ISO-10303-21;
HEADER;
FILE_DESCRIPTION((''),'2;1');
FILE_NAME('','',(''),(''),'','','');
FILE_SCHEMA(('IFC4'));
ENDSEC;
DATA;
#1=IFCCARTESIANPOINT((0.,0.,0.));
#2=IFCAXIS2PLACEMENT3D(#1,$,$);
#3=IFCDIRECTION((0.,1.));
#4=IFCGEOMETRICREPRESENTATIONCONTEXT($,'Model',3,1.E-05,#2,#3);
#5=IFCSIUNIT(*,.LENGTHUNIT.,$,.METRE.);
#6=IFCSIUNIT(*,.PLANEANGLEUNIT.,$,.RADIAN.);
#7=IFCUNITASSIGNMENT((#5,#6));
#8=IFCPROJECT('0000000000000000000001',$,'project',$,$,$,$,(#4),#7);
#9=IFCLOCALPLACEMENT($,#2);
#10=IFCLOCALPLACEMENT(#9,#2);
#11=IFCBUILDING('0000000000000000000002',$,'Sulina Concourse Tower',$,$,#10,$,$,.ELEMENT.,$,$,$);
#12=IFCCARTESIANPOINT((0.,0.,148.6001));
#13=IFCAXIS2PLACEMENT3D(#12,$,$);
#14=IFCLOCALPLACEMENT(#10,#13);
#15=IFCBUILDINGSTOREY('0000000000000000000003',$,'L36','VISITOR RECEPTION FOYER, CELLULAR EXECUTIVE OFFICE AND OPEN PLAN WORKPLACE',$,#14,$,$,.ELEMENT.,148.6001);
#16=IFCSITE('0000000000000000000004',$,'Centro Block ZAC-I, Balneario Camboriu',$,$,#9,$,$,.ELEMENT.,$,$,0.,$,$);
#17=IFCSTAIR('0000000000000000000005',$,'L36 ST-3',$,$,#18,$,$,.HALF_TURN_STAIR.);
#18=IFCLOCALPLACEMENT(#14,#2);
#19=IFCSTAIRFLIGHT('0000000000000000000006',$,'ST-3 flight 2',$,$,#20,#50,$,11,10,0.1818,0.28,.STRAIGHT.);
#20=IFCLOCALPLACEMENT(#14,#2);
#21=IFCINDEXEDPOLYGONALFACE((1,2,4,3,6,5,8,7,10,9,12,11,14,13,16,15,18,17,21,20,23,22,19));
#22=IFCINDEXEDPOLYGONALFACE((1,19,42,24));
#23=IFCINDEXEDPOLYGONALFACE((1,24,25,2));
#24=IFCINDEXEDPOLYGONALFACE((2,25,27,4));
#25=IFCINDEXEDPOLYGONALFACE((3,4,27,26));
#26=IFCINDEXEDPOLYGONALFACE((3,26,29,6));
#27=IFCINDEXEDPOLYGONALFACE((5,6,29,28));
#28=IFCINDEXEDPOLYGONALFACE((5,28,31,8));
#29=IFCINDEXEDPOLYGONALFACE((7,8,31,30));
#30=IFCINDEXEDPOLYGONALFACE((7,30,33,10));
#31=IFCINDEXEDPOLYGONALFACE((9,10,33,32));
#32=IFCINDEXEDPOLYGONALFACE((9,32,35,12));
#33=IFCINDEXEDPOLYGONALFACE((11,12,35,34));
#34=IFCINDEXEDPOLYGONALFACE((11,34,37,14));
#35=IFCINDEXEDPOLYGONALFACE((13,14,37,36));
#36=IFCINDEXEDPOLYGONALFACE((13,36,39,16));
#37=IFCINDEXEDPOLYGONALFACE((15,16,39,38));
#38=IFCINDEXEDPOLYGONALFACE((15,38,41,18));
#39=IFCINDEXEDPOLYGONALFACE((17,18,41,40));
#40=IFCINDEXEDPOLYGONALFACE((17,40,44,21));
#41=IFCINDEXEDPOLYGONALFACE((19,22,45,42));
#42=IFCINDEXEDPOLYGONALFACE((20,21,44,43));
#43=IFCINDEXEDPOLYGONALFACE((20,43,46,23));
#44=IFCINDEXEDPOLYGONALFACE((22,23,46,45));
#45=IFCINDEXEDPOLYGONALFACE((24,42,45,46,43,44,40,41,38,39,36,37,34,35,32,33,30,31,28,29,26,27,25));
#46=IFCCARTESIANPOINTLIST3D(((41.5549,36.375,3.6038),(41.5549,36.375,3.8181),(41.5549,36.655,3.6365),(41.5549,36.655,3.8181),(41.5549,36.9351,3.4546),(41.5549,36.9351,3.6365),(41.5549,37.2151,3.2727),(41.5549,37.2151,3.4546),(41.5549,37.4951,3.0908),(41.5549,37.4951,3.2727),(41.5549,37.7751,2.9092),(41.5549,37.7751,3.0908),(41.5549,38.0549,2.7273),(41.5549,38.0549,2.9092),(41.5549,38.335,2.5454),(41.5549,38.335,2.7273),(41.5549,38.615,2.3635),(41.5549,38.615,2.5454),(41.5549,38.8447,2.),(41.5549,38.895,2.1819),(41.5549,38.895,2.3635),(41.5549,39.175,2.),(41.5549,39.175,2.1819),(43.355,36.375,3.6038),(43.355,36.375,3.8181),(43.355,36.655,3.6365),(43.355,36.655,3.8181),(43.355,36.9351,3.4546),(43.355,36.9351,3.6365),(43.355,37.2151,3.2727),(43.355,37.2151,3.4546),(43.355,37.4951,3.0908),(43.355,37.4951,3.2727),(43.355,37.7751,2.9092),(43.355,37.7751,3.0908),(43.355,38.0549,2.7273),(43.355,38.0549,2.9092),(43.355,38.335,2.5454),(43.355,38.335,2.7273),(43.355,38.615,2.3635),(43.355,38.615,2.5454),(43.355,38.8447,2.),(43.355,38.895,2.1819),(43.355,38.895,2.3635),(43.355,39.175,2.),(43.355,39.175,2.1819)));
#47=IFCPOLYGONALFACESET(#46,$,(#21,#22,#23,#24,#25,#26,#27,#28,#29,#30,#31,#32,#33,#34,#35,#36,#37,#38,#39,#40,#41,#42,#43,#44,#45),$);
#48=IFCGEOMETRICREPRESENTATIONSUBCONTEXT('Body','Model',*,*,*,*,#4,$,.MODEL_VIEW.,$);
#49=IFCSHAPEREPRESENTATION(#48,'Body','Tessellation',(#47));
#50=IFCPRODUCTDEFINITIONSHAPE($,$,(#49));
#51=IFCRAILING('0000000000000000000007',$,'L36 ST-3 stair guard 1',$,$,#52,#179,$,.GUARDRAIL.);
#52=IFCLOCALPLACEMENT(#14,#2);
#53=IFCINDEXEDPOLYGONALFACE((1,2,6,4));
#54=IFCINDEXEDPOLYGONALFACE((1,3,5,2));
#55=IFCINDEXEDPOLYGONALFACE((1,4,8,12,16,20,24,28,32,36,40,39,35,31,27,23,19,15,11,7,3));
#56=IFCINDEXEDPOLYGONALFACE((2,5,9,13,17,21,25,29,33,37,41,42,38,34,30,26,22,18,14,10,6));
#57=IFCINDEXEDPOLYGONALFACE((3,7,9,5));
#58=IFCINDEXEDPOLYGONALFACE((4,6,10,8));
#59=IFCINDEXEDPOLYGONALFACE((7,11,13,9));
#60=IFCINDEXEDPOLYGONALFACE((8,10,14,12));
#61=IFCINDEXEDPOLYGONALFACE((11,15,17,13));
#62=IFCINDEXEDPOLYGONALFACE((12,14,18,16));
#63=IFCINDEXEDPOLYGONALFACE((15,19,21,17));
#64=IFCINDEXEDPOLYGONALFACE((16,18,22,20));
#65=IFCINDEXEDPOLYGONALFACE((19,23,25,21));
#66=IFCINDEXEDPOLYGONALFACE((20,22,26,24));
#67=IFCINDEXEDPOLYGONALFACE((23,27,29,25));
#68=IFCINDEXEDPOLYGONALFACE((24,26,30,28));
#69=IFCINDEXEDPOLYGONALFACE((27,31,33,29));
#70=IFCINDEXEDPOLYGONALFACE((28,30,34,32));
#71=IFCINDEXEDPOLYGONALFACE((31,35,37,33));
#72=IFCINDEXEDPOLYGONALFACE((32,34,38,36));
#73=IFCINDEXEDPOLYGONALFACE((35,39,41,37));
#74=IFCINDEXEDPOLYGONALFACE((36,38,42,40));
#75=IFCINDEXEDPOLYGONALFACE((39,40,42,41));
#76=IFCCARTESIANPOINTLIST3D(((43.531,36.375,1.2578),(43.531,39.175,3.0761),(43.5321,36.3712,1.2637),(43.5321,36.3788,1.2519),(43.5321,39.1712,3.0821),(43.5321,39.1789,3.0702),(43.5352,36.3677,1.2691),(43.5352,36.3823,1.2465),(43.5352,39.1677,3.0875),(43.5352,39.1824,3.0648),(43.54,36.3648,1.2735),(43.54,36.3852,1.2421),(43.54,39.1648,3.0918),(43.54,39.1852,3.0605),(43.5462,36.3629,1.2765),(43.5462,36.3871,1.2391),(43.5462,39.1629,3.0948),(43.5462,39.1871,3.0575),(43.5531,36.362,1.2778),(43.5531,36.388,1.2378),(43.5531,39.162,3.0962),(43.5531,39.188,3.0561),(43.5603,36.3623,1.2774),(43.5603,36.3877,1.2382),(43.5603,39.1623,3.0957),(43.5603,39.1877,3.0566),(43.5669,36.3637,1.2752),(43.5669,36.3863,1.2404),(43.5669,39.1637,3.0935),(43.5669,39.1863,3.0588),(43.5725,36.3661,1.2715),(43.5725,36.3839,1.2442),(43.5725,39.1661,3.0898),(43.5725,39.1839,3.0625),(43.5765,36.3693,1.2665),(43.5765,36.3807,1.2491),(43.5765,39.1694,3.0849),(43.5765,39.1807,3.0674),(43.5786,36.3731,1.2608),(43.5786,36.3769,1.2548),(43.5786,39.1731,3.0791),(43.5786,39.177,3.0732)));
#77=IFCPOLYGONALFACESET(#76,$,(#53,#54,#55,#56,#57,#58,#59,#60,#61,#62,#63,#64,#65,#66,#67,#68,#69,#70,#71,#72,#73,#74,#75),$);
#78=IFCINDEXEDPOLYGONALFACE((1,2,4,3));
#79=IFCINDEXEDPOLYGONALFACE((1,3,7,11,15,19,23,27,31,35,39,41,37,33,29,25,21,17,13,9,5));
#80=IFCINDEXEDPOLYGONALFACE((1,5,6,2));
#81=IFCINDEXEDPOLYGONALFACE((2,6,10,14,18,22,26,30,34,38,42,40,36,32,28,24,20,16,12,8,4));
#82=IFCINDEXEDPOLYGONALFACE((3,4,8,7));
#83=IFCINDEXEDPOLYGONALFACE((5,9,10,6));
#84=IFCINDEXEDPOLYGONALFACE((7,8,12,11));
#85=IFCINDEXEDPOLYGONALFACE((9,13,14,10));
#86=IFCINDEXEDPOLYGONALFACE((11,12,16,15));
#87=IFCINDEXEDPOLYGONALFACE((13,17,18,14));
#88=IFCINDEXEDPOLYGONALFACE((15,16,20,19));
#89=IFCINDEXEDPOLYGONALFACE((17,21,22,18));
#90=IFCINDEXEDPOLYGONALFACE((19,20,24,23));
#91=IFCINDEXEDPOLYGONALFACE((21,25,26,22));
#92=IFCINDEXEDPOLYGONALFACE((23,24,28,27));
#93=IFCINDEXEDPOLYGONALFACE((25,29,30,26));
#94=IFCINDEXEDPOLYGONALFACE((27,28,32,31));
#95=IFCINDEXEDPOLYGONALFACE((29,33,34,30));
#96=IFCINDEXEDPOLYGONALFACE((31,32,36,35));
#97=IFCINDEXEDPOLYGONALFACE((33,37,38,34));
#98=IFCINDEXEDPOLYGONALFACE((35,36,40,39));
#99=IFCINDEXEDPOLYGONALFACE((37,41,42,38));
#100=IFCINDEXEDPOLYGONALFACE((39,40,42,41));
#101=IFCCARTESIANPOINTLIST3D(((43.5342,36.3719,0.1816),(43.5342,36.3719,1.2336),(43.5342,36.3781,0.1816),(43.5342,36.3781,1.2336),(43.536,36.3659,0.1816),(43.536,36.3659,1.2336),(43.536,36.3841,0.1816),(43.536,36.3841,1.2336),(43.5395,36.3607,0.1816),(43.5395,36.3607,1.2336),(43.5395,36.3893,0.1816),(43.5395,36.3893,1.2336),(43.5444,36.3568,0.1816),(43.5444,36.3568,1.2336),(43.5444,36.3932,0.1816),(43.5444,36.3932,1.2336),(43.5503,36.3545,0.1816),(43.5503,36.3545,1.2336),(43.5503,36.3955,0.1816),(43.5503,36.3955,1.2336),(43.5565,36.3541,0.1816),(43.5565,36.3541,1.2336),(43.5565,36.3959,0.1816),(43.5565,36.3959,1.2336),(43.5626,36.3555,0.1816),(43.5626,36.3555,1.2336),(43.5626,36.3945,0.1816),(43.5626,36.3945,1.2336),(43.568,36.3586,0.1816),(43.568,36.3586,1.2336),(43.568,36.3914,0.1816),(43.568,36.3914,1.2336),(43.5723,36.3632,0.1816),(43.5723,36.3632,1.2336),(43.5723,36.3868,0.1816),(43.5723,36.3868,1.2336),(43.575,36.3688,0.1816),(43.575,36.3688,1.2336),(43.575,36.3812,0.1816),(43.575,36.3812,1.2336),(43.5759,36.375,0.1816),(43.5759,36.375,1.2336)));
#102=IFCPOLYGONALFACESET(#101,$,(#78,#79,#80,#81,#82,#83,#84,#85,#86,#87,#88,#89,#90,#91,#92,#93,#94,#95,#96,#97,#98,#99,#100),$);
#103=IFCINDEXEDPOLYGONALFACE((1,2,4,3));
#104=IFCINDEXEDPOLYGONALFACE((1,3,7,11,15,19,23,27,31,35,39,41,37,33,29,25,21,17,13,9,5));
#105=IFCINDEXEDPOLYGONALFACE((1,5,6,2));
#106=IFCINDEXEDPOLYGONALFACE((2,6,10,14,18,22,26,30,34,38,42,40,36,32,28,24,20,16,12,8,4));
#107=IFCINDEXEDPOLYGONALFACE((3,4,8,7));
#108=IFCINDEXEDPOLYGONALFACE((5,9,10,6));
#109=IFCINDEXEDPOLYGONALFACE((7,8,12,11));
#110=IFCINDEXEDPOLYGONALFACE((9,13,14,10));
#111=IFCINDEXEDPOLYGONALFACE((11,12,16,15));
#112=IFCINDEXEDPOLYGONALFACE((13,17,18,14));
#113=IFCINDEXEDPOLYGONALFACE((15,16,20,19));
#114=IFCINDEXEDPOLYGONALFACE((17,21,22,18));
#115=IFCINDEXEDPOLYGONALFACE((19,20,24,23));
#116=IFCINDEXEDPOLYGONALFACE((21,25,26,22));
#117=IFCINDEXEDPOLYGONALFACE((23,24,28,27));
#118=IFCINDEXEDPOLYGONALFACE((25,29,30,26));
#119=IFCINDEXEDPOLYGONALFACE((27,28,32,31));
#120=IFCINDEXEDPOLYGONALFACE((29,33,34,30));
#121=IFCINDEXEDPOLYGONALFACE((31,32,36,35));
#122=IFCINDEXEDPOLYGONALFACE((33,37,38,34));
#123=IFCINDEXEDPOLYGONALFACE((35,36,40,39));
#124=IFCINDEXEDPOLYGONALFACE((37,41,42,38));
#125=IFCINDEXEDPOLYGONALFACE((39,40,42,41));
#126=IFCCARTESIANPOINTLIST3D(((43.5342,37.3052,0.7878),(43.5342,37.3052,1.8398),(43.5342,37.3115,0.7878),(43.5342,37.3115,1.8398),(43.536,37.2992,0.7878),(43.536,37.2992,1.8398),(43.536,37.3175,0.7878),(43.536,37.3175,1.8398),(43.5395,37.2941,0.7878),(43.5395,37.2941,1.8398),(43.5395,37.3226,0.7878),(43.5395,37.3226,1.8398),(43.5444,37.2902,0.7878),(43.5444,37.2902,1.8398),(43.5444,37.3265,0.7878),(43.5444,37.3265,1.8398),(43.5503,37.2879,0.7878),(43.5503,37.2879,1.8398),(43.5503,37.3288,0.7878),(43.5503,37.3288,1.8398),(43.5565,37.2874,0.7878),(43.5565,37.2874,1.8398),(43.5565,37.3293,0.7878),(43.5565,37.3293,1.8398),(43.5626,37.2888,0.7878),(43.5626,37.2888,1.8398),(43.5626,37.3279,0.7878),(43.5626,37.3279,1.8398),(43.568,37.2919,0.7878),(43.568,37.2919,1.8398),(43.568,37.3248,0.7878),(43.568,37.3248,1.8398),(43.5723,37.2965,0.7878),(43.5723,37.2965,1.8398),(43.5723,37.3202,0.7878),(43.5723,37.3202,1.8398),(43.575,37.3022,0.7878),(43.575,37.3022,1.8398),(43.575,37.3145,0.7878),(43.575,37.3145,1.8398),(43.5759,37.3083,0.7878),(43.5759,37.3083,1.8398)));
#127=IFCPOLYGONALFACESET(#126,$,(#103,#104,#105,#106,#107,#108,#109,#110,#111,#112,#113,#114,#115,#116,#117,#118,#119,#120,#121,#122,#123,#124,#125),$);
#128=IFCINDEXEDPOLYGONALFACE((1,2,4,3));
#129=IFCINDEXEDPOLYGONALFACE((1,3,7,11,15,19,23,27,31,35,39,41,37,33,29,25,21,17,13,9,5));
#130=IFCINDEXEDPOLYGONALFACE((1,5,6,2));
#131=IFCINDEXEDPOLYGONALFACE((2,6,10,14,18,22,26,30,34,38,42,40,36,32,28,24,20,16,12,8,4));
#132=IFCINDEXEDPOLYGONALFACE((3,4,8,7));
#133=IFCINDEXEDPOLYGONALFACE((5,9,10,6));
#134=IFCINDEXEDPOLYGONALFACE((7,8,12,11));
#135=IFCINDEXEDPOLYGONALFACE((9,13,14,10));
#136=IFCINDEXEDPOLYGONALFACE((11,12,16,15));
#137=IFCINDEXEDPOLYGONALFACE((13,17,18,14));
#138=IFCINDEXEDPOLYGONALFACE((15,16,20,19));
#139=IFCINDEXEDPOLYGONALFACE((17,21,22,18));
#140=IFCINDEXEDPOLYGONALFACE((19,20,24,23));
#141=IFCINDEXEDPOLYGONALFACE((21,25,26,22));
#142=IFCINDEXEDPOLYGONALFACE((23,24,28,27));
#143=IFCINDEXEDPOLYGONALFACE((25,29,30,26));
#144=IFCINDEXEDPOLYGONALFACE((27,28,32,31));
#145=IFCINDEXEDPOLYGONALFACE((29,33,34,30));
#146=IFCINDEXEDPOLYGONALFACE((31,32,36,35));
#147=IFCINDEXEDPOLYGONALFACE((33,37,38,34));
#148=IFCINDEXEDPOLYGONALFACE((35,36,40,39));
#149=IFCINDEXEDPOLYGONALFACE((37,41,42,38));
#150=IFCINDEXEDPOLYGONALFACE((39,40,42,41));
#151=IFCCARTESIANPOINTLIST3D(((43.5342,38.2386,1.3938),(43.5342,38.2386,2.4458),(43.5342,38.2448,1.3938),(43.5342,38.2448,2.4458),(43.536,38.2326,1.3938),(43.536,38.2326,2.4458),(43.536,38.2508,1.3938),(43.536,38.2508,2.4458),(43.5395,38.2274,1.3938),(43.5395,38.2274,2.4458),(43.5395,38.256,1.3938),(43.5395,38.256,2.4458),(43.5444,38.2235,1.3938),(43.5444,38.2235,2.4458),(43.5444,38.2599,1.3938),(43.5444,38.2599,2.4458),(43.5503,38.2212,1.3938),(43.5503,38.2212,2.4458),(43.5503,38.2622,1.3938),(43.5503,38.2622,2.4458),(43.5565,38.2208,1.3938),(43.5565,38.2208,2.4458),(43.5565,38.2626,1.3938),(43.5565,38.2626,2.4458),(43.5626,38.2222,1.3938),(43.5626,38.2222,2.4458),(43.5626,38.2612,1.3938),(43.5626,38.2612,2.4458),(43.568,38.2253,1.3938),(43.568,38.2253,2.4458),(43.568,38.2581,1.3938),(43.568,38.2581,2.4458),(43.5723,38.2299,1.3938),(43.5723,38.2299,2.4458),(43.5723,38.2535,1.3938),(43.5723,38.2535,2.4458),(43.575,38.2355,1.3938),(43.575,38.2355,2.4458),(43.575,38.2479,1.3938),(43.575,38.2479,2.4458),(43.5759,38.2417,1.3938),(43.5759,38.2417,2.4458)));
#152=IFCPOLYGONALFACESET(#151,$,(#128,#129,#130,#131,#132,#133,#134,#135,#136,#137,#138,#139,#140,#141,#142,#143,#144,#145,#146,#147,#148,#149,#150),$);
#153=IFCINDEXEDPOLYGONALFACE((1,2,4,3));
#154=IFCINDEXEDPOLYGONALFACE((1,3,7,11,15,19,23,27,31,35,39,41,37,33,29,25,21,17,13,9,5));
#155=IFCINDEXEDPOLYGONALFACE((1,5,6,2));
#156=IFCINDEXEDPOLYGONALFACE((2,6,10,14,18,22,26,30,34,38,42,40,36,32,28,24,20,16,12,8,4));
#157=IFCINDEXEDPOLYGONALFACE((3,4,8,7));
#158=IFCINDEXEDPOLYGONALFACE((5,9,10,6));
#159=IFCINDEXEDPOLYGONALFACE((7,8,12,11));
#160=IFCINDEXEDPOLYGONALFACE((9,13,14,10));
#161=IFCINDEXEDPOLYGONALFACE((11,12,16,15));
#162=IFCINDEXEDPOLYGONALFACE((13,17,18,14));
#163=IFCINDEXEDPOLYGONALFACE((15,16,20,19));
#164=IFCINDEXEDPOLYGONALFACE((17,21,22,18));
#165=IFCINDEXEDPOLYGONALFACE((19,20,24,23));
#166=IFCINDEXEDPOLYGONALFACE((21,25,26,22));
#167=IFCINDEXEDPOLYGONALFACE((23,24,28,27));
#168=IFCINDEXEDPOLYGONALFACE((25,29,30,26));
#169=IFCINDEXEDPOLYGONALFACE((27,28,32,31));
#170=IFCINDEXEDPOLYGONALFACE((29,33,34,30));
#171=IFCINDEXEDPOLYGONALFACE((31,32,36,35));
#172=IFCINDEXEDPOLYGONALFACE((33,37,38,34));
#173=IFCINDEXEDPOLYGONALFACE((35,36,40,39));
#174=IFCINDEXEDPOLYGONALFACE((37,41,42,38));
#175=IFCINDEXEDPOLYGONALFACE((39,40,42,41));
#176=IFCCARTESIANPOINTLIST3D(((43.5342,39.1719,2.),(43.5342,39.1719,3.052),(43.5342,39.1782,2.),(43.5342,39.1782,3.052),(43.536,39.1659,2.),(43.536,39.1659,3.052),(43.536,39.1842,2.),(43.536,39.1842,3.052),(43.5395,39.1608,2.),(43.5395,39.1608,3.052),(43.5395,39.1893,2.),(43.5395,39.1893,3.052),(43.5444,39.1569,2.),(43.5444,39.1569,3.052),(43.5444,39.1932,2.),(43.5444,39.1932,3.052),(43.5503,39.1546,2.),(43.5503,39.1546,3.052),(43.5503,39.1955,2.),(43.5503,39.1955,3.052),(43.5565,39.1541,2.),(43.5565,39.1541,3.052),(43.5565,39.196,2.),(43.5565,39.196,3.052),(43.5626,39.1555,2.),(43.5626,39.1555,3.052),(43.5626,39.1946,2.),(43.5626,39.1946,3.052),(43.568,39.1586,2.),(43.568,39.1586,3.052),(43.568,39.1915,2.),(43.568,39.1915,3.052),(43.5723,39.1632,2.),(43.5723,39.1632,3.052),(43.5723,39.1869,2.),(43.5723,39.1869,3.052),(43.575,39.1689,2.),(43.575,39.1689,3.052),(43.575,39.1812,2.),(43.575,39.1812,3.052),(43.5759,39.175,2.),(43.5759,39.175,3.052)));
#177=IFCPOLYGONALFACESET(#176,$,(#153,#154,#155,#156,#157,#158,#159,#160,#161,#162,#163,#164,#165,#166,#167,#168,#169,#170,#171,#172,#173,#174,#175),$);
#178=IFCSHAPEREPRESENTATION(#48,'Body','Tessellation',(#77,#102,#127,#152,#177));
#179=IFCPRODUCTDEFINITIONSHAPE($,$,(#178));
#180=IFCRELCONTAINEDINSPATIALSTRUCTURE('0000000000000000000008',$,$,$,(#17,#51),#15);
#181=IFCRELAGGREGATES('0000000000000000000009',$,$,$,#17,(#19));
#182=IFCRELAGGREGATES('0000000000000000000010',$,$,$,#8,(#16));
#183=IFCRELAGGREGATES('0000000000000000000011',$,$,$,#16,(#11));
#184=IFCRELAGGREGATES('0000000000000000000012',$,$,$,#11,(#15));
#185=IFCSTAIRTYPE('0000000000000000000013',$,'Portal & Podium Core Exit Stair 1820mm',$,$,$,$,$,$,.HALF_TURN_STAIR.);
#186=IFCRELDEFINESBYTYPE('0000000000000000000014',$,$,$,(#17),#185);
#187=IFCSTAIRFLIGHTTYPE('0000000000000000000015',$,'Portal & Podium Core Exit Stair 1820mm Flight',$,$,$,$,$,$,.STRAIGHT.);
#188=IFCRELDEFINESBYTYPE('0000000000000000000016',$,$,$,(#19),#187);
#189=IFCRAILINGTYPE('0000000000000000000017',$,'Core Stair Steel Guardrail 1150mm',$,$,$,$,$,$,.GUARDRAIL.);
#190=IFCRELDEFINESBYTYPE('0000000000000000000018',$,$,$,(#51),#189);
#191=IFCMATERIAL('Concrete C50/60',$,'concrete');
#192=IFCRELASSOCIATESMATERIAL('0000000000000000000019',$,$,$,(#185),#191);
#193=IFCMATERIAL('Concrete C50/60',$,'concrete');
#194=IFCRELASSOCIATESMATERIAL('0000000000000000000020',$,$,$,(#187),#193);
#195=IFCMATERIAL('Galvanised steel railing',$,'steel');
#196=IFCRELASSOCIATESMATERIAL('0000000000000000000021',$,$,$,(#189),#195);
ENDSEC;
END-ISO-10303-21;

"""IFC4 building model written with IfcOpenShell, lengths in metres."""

from ifc_helpers import new_model, si_unit, direction, frame, origin, origin_2d, place, context, subcontext, project, spatial, polyline, circle, outline, extrude, material, type_object, element, aggregate, save


model = new_model("IFC4")

# Units and contexts
model_context = context("Model", 3, precision=1e-05, world=origin(), true_north=direction((0.0, 1.0)))
body_context = subcontext(model_context, "Body", "Model", "MODEL_VIEW")
ifc_project = project(units=[si_unit("LENGTHUNIT", "METRE"), si_unit("PLANEANGLEUNIT", "RADIAN")], contexts=[model_context])

# Site, building, storey
site_placement = place(None, origin())
site = spatial("IfcSite", under=ifc_project, at=site_placement, Name="Centro Block ZAC-I, Balneario Camboriu", CompositionType="ELEMENT", RefElevation=0.0)
building_placement = place(site_placement, origin())
building = spatial("IfcBuilding", under=site, at=building_placement, Name="Sulina Concourse Tower", CompositionType="ELEMENT")
storey_placement = place(building_placement, frame((0.0, 0.0, 148.6001)))
storey = spatial("IfcBuildingStorey", under=building, at=storey_placement, Name="L36", Description="VISITOR RECEPTION FOYER, CELLULAR EXECUTIVE OFFICE AND OPEN PLAN WORKPLACE", CompositionType="ELEMENT", Elevation=148.6001)

# Stair, stair flight
ifc_material_1 = material(Name="Concrete C50/60", Category="concrete")
stair_type = type_object("IfcStairType", Name="Portal & Podium Core Exit Stair 1820mm", PredefinedType="HALF_TURN_STAIR", material=ifc_material_1)
stair_placement = place(storey_placement, origin())
stair = element("IfcStair", 1, at=stair_placement, inside=storey, type_object=stair_type, Name="L36 ST-3", PredefinedType="HALF_TURN_STAIR")
ifc_material_2 = material(Name="Concrete C50/60", Category="concrete")
stair_flight_type = type_object("IfcStairFlightType", Name="Portal & Podium Core Exit Stair 1820mm Flight", PredefinedType="STRAIGHT", material=ifc_material_2)
stair_flight_1_placement = place(storey_placement, frame((42.4551, 39.175, 2.0), z_axis=(0.0, 0.0, 1.0), x_axis=(0.0, -1.0, 0.0)))
stair_flight_1 = element("IfcStairFlight", 2, at=stair_flight_1_placement, type_object=stair_flight_type, Name="ST-3 flight 2", NumberOfRisers=11, NumberOfTreads=10, PredefinedType="STRAIGHT", RiserHeight=0.1818, TreadLength=0.28, context=body_context, shape_type="SweptSolid", body=[
    extrude(outline(polyline([(0.0, 0.0), (0.0, 0.1819), (0.28, 0.1819), (0.28, 0.3635), (0.5601, 0.3635), (0.5601, 0.5454), (0.8401, 0.5454), (0.8401, 0.7273), (1.1201, 0.7273), (1.1201, 0.9092), (1.3999, 0.9092), (1.3999, 1.0908), (1.6799, 1.0908), (1.6799, 1.2727), (1.96, 1.2727), (1.96, 1.4546), (2.24, 1.4546), (2.24, 1.6365), (2.52, 1.6365), (2.52, 1.8181), (2.8, 1.8181), (2.8, 2.0), (2.8, 1.6038), (0.3303, 0.0), (0.0, 0.0)])), frame((0.0, 0.8999, 0.0), z_axis=(0.0, -1.0, 0.0), x_axis=(1.0, 0.0, 0.0)), (0.0, 0.0, 1.0), 1.8),
])
aggregate(stair, [stair_flight_1])

# Railing
ifc_material_3 = material(Name="Galvanised steel railing", Category="steel")
railing_type_1 = type_object("IfcRailingType", Name="Core Stair Steel Guardrail 1150mm", PredefinedType="GUARDRAIL", material=ifc_material_3)
railing_1_placement = place(storey_placement, frame((43.5549, 36.375, 0.1816)))
element("IfcRailing", 3, at=railing_1_placement, inside=storey, type_object=railing_type_1, Name="L36 ST-3 stair guard 1", PredefinedType="GUARDRAIL", context=body_context, shape_type="SweptSolid", body=[
    extrude(circle(Radius=0.0239, at=origin_2d()), frame((0.0, 0.0, 1.0762), z_axis=(0.0, 0.838672, 0.544636), x_axis=(-1.0, 0.0, 0.0)), (0.0, 0.0, 1.0), 3.3386),
    extrude(circle(Radius=0.021, at=origin_2d()), origin(), (0.0, 0.0, 1.0), 1.052),
    extrude(circle(Radius=0.021, at=origin_2d()), frame((0.0, 0.9333, 0.6062)), (0.0, 0.0, 1.0), 1.052),
    extrude(circle(Radius=0.021, at=origin_2d()), frame((0.0, 1.8667, 1.2122)), (0.0, 0.0, 1.0), 1.052),
    extrude(circle(Radius=0.021, at=origin_2d()), frame((0.0, 2.8, 1.8184)), (0.0, 0.0, 1.0), 1.052),
])

save(model, "model.ifc")
